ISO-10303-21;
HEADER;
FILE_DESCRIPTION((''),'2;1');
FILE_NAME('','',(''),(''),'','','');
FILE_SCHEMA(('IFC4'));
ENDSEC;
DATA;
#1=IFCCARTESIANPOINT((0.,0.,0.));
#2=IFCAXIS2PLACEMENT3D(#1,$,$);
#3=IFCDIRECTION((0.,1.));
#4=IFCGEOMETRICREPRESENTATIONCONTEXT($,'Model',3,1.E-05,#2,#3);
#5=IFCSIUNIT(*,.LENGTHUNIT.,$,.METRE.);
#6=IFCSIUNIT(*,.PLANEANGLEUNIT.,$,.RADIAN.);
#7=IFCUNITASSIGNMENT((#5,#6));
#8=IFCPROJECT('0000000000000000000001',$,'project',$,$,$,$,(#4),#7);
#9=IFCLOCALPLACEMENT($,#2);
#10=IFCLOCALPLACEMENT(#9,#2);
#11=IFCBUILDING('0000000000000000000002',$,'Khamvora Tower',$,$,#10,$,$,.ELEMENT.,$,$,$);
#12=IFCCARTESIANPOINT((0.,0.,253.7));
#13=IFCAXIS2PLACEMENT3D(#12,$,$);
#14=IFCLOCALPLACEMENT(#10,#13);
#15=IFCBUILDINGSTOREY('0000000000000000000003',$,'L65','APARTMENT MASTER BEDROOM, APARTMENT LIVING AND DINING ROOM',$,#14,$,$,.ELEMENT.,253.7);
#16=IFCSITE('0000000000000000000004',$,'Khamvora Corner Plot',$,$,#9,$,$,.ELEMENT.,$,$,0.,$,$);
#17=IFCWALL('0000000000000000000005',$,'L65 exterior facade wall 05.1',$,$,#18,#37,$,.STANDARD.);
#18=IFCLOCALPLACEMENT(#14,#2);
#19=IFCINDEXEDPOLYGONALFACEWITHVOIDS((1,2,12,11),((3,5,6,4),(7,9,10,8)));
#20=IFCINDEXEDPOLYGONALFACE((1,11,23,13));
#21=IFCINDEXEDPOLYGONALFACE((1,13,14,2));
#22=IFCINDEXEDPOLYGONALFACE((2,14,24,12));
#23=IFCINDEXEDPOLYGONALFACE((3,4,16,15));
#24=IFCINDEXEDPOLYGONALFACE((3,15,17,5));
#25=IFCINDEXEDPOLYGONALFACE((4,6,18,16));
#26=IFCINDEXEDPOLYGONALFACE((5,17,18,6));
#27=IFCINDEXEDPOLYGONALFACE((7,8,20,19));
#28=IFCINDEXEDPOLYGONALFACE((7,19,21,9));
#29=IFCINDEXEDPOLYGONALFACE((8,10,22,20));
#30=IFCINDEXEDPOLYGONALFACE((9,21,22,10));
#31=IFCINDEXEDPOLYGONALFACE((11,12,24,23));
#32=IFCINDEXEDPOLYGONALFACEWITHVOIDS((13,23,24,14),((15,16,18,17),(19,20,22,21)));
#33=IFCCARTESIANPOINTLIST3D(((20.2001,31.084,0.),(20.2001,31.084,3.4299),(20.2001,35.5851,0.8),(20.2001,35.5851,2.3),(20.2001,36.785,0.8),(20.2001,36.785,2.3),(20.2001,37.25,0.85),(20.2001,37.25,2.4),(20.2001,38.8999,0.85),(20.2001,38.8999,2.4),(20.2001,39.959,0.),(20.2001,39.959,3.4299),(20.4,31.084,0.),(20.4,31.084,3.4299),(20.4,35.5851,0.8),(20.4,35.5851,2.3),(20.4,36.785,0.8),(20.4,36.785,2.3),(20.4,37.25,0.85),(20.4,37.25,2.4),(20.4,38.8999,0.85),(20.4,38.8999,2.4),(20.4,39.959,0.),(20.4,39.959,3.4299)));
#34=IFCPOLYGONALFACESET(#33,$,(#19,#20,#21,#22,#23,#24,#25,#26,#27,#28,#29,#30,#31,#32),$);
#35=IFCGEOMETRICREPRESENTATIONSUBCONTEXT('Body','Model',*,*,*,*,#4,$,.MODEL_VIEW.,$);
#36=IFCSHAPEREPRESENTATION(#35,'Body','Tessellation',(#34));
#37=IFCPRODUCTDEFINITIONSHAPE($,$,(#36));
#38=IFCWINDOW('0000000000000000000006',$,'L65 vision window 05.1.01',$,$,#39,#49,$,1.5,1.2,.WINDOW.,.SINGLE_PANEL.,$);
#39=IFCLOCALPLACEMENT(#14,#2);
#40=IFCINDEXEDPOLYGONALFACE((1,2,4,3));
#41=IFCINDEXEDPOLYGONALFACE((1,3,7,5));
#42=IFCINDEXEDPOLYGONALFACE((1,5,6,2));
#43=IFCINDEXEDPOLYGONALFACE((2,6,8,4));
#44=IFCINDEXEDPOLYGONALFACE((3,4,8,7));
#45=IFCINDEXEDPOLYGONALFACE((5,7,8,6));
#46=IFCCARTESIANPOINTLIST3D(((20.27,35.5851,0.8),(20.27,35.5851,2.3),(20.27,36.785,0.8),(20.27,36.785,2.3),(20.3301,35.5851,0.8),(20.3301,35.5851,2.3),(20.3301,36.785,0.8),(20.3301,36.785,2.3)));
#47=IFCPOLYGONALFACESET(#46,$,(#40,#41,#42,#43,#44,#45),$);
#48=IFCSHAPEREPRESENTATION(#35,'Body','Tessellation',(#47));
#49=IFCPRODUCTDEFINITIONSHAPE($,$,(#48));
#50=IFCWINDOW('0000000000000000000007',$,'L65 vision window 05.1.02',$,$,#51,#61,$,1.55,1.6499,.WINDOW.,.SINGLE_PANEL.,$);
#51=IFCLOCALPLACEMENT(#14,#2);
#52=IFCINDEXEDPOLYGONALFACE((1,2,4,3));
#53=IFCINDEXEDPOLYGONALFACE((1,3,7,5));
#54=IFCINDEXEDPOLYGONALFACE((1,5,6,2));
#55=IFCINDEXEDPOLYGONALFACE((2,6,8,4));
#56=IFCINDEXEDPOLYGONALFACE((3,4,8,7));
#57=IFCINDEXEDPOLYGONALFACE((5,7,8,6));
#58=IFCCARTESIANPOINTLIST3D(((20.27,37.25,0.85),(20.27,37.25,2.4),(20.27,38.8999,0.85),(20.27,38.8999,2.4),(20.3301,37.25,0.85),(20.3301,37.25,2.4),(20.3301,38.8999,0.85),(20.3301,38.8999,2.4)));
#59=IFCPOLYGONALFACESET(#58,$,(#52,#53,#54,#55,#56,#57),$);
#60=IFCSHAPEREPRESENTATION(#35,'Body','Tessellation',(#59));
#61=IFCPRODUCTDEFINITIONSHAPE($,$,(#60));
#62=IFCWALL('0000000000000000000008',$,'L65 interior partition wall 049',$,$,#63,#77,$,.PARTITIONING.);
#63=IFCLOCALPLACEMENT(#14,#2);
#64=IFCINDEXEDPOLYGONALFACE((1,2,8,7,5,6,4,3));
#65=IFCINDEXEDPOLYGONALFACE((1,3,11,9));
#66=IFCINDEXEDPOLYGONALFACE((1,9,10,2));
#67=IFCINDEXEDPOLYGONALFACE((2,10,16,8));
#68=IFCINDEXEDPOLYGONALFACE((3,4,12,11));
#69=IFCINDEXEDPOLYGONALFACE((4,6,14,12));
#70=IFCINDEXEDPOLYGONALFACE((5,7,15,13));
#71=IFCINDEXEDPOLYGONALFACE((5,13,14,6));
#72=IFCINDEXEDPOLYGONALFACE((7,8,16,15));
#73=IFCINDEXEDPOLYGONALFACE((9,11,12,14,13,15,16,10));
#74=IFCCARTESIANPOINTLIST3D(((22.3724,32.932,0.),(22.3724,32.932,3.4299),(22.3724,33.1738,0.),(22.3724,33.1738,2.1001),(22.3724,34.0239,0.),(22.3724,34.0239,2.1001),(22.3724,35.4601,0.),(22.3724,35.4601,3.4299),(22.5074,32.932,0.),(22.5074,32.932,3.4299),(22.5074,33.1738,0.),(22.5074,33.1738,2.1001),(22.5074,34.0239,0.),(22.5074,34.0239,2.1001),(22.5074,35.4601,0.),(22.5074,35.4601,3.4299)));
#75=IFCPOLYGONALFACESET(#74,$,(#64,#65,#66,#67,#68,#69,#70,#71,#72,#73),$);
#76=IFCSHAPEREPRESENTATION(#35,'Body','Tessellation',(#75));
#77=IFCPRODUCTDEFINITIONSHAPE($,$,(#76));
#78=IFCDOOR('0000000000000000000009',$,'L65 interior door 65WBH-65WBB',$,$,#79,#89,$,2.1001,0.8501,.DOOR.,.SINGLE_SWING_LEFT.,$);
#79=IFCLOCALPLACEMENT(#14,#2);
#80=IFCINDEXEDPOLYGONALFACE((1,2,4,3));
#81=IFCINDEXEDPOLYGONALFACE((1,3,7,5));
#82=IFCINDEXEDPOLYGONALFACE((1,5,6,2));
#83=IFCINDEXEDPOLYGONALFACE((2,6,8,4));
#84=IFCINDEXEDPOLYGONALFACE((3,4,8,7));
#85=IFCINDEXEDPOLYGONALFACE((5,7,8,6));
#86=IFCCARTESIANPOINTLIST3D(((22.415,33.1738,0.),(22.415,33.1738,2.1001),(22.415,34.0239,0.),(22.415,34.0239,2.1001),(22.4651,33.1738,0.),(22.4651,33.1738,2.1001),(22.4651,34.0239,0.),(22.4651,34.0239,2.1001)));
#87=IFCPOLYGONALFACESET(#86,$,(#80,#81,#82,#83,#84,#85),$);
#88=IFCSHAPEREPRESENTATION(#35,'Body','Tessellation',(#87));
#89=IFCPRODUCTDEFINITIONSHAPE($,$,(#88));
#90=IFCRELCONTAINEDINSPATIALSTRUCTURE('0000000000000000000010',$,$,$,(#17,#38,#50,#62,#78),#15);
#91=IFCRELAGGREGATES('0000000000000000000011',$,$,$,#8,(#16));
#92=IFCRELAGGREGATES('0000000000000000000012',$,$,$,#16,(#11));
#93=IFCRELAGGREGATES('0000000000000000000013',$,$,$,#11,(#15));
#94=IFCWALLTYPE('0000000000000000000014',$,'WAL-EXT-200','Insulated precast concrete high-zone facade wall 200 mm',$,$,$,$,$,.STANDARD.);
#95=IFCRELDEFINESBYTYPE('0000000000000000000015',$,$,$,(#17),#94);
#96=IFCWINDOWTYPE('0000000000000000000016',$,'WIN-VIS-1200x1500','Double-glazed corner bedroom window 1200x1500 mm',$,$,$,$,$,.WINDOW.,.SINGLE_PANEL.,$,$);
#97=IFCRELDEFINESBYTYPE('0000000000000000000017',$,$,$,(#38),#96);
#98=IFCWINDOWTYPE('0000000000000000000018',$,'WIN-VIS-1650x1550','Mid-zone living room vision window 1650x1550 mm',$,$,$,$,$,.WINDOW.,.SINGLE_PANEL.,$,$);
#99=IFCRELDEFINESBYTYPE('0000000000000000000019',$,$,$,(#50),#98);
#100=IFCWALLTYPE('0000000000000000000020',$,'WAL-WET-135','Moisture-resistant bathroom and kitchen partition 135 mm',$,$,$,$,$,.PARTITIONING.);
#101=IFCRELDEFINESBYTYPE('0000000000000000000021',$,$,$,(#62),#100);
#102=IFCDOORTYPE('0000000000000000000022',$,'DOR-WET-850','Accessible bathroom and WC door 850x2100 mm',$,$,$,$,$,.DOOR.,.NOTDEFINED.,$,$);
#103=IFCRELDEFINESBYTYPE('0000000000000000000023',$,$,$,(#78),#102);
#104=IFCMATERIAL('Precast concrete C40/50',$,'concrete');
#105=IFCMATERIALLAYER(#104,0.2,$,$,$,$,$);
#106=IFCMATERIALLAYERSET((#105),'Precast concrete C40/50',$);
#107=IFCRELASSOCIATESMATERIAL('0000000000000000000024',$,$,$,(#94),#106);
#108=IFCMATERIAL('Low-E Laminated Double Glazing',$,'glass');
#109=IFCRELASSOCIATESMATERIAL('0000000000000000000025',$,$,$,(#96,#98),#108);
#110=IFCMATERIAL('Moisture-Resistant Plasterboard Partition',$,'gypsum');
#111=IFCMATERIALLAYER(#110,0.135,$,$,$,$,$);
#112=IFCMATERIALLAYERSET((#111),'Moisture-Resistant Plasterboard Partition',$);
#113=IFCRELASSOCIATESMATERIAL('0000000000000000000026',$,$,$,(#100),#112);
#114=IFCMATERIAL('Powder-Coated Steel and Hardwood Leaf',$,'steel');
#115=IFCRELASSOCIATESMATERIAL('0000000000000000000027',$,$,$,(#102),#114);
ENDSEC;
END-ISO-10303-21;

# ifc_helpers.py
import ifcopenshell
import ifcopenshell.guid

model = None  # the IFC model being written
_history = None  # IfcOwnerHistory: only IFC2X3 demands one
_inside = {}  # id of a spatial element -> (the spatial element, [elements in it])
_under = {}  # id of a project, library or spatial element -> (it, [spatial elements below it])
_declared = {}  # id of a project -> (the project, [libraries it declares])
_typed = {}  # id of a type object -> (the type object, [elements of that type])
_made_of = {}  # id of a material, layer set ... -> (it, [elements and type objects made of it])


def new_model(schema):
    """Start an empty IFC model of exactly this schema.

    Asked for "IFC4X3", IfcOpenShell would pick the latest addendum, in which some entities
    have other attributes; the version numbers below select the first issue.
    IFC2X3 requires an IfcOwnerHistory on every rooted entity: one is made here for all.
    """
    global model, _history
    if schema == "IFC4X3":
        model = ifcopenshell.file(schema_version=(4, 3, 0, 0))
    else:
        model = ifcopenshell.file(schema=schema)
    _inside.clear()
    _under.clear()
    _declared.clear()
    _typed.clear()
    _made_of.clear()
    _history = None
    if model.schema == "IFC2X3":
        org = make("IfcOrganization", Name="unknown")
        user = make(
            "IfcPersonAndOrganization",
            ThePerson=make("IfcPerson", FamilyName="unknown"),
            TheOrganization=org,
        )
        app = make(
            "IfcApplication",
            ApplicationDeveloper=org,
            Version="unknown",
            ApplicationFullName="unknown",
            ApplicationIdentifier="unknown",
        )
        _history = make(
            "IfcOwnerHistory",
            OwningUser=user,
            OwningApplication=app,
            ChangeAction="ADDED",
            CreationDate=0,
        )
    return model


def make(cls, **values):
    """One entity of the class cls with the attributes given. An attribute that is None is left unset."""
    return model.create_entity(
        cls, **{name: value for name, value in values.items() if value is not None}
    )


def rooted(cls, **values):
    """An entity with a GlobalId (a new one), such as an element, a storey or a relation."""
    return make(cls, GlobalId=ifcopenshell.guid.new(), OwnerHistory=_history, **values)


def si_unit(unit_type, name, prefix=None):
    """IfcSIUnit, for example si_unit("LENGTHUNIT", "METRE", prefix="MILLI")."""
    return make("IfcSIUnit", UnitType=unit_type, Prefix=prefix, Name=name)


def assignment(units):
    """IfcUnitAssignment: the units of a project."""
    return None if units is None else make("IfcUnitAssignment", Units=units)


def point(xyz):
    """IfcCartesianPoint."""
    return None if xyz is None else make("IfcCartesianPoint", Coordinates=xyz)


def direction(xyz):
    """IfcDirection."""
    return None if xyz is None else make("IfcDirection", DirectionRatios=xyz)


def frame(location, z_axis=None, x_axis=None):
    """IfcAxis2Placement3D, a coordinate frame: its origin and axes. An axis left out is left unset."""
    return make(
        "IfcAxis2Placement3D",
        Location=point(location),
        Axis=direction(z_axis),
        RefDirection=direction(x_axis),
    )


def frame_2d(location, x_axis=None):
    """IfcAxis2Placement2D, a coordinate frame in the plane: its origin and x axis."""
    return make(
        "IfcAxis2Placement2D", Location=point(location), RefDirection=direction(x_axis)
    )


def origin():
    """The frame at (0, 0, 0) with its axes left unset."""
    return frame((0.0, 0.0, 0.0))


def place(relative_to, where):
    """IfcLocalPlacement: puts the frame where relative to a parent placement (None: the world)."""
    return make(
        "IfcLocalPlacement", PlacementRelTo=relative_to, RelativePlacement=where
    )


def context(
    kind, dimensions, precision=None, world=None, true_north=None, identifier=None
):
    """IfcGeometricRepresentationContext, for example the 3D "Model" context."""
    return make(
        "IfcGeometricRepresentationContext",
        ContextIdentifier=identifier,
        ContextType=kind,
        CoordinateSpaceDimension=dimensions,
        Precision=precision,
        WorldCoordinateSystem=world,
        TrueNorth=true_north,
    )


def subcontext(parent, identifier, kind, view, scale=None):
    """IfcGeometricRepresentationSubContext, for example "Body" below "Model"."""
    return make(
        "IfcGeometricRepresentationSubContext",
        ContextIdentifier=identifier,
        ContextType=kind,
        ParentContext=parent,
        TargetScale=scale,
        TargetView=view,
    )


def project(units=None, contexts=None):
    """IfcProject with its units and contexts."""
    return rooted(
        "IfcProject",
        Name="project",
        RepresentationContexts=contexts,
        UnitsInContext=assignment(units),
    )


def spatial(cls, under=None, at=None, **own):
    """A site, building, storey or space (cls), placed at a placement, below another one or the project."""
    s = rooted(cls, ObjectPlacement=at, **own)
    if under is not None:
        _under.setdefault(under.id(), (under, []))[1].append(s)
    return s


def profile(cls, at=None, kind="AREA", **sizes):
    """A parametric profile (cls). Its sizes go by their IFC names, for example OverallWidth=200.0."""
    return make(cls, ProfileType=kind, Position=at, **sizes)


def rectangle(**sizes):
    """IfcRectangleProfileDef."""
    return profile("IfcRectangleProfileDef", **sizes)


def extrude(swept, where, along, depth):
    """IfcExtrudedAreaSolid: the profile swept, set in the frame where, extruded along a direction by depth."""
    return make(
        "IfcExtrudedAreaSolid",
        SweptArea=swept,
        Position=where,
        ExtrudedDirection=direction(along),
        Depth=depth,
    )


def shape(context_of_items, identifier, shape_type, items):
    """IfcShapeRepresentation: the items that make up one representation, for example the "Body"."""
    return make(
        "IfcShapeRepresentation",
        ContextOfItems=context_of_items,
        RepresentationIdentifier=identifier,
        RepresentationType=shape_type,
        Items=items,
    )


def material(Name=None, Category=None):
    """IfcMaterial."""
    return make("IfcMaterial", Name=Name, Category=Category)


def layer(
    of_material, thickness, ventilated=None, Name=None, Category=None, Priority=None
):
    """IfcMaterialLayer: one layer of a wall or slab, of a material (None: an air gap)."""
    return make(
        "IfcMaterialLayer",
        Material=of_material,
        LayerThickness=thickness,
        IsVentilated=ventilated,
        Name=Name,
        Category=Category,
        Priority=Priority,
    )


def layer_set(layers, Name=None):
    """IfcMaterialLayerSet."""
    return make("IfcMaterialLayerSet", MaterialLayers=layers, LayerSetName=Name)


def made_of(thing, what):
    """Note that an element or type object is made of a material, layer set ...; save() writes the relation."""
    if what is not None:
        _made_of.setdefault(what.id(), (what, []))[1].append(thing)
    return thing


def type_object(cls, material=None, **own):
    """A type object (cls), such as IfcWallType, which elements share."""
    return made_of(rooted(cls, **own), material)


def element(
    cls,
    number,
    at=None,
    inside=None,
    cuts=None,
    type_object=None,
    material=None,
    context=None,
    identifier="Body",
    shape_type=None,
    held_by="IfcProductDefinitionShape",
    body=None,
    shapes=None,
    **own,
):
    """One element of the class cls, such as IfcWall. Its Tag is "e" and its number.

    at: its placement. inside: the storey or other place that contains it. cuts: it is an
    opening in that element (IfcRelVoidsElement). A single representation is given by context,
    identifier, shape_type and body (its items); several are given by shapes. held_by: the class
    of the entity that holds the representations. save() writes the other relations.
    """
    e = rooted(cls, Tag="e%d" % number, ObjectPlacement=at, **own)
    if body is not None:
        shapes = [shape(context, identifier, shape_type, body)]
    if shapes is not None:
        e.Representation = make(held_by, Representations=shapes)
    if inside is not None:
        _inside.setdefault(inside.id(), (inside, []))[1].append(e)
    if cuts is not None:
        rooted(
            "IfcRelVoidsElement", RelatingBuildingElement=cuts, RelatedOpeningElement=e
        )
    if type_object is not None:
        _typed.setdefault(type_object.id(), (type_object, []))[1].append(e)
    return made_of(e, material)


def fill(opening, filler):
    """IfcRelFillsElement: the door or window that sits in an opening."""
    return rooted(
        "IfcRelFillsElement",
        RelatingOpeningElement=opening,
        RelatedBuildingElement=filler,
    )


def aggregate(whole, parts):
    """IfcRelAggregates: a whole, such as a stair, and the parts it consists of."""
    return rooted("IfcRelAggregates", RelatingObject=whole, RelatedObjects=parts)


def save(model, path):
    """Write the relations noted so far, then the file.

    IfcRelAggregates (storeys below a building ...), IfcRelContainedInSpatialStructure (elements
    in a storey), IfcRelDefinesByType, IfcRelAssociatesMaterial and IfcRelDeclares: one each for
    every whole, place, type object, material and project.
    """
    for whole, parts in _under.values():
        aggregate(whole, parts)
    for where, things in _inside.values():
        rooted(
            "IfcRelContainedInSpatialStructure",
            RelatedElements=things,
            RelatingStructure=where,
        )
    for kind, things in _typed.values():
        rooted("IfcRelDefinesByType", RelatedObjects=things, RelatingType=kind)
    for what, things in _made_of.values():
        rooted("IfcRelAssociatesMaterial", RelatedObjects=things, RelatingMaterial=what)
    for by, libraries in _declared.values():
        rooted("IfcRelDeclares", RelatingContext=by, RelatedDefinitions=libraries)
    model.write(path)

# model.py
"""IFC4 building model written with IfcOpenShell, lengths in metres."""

from ifc_helpers import new_model, si_unit, direction, frame, frame_2d, origin, place, context, subcontext, project, spatial, rectangle, extrude, material, layer, layer_set, type_object, element, fill, save


model = new_model("IFC4")

# Units and contexts
model_context = context("Model", 3, precision=1e-05, world=origin(), true_north=direction((0.0, 1.0)))
body_context = subcontext(model_context, "Body", "Model", "MODEL_VIEW")
ifc_project = project(units=[si_unit("LENGTHUNIT", "METRE"), si_unit("PLANEANGLEUNIT", "RADIAN")], contexts=[model_context])

# Site, building, storey
site_placement = place(None, origin())
site = spatial("IfcSite", under=ifc_project, at=site_placement, Name="Khamvora Corner Plot", CompositionType="ELEMENT", RefElevation=0.0)
building_placement = place(site_placement, origin())
building = spatial("IfcBuilding", under=site, at=building_placement, Name="Khamvora Tower", CompositionType="ELEMENT")
storey_placement = place(building_placement, frame((0.0, 0.0, 253.7)))
storey = spatial("IfcBuildingStorey", under=building, at=storey_placement, Name="L65", Description="APARTMENT MASTER BEDROOM, APARTMENT LIVING AND DINING ROOM", CompositionType="ELEMENT", Elevation=253.7)

# Shared definitions
ifc_material_1 = material(Name="Powder-Coated Steel and Hardwood Leaf", Category="steel")

# Shared definitions
ifc_material_2 = material(Name="Precast concrete C40/50", Category="concrete")
ifc_layer_1 = layer(ifc_material_2, 0.2)
ifc_layer_set_1 = layer_set([ifc_layer_1], Name="Precast concrete C40/50")
wall_type_1 = type_object("IfcWallType", Name="WAL-EXT-200", Description="Insulated precast concrete high-zone facade wall 200 mm", PredefinedType="STANDARD", material=ifc_layer_set_1)

# Wall, openings, windows
wall_1_placement = place(storey_placement, frame((20.3, 31.084, 0.0), z_axis=(0.0, 0.0, 1.0), x_axis=(0.0, 1.0, 0.0)))
wall_1 = element("IfcWall", 1, at=wall_1_placement, inside=storey, type_object=wall_type_1, Name="L65 exterior facade wall 05.1", PredefinedType="STANDARD", context=body_context, shape_type="SweptSolid", body=[
    extrude(rectangle(XDim=8.875, YDim=0.2, at=frame_2d((4.4375, 0.0))), origin(), (0.0, 0.0, 1.0), 3.4299),
])
opening_1_placement = place(wall_1_placement, frame((4.501, 0.0, 0.8)))
opening_1 = element("IfcOpeningElement", 2, at=opening_1_placement, cuts=wall_1, PredefinedType="OPENING", context=body_context, shape_type="SweptSolid", body=[
    extrude(rectangle(XDim=1.2, YDim=1.5, at=frame_2d((0.6001, 0.75))), frame((0.0, 0.1099, 0.0), z_axis=(0.0, -1.0, 0.0), x_axis=(1.0, 0.0, 0.0)), (0.0, 0.0, 1.0), 0.22),
])
opening_2_placement = place(wall_1_placement, frame((6.166, 0.0, 0.8501)))
opening_2 = element("IfcOpeningElement", 3, at=opening_2_placement, cuts=wall_1, PredefinedType="OPENING", context=body_context, shape_type="SweptSolid", body=[
    extrude(rectangle(XDim=1.6499, YDim=1.55, at=frame_2d((0.825, 0.7749))), frame((0.0, 0.1099, 0.0), z_axis=(0.0, -1.0, 0.0), x_axis=(1.0, 0.0, 0.0)), (0.0, 0.0, 1.0), 0.22),
])
ifc_material_3 = material(Name="Low-E Laminated Double Glazing", Category="glass")
window_type_1 = type_object("IfcWindowType", Name="WIN-VIS-1200x1500", Description="Double-glazed corner bedroom window 1200x1500 mm", PartitioningType="SINGLE_PANEL", PredefinedType="WINDOW", material=ifc_material_3)
window_1_placement = place(opening_1_placement, origin())
window_1 = element("IfcWindow", 4, at=window_1_placement, inside=storey, type_object=window_type_1, Name="L65 vision window 05.1.01", OverallHeight=1.5, OverallWidth=1.2, PartitioningType="SINGLE_PANEL", PredefinedType="WINDOW", context=body_context, shape_type="SweptSolid", body=[
    extrude(rectangle(XDim=1.2, YDim=1.5, at=frame_2d((0.6001, 0.75))), frame((0.0, 0.03, 0.0), z_axis=(0.0, -1.0, 0.0), x_axis=(1.0, 0.0, 0.0)), (0.0, 0.0, 1.0), 0.0601),
])
fill(opening_1, window_1)
window_type_2 = type_object("IfcWindowType", Name="WIN-VIS-1650x1550", Description="Mid-zone living room vision window 1650x1550 mm", PartitioningType="SINGLE_PANEL", PredefinedType="WINDOW", material=ifc_material_3)
window_2_placement = place(opening_2_placement, origin())
window_2 = element("IfcWindow", 5, at=window_2_placement, inside=storey, type_object=window_type_2, Name="L65 vision window 05.1.02", OverallHeight=1.55, OverallWidth=1.6499, PartitioningType="SINGLE_PANEL", PredefinedType="WINDOW", context=body_context, shape_type="SweptSolid", body=[
    extrude(rectangle(XDim=1.6499, YDim=1.55, at=frame_2d((0.825, 0.7749))), frame((0.0, 0.03, 0.0), z_axis=(0.0, -1.0, 0.0), x_axis=(1.0, 0.0, 0.0)), (0.0, 0.0, 1.0), 0.0601),
])
fill(opening_2, window_2)

# Wall, opening, door
ifc_material_4 = material(Name="Moisture-Resistant Plasterboard Partition", Category="gypsum")
ifc_layer_2 = layer(ifc_material_4, 0.135)
ifc_layer_set_2 = layer_set([ifc_layer_2], Name="Moisture-Resistant Plasterboard Partition")
wall_type_2 = type_object("IfcWallType", Name="WAL-WET-135", Description="Moisture-resistant bathroom and kitchen partition 135 mm", PredefinedType="PARTITIONING", material=ifc_layer_set_2)
wall_2_placement = place(storey_placement, frame((22.4399, 32.9319, 0.0), z_axis=(0.0, 0.0, 1.0), x_axis=(0.0, 1.0, 0.0)))
wall_2 = element("IfcWall", 6, at=wall_2_placement, inside=storey, type_object=wall_type_2, Name="L65 interior partition wall 049", PredefinedType="PARTITIONING", context=body_context, shape_type="SweptSolid", body=[
    extrude(rectangle(XDim=2.5281, YDim=0.135, at=frame_2d((1.2642, 0.0))), origin(), (0.0, 0.0, 1.0), 3.4299),
])
opening_3_placement = place(wall_2_placement, frame((0.2419, 0.0, 0.0)))
opening_3 = element("IfcOpeningElement", 7, at=opening_3_placement, cuts=wall_2, PredefinedType="OPENING", context=body_context, shape_type="SweptSolid", body=[
    extrude(rectangle(XDim=0.8501, YDim=2.1001, at=frame_2d((0.425, 1.05))), frame((0.0, 0.0774, 0.0), z_axis=(0.0, -1.0, 0.0), x_axis=(1.0, 0.0, 0.0)), (0.0, 0.0, 1.0), 0.155),
])
door_type_1 = type_object("IfcDoorType", Name="DOR-WET-850", Description="Accessible bathroom and WC door 850x2100 mm", OperationType="NOTDEFINED", PredefinedType="DOOR", material=ifc_material_1)
door_1_placement = place(opening_3_placement, origin())
door_1 = element("IfcDoor", 8, at=door_1_placement, inside=storey, type_object=door_type_1, Name="L65 interior door 65WBH-65WBB", OperationType="SINGLE_SWING_LEFT", OverallHeight=2.1001, OverallWidth=0.8501, PredefinedType="DOOR", context=body_context, shape_type="SweptSolid", body=[
    extrude(rectangle(XDim=0.8501, YDim=2.1001, at=frame_2d((0.425, 1.05))), frame((0.0, 0.0249, 0.0), z_axis=(0.0, -1.0, 0.0), x_axis=(1.0, 0.0, 0.0)), (0.0, 0.0, 1.0), 0.05),
])
fill(opening_3, door_1)

save(model, "model.ifc")
